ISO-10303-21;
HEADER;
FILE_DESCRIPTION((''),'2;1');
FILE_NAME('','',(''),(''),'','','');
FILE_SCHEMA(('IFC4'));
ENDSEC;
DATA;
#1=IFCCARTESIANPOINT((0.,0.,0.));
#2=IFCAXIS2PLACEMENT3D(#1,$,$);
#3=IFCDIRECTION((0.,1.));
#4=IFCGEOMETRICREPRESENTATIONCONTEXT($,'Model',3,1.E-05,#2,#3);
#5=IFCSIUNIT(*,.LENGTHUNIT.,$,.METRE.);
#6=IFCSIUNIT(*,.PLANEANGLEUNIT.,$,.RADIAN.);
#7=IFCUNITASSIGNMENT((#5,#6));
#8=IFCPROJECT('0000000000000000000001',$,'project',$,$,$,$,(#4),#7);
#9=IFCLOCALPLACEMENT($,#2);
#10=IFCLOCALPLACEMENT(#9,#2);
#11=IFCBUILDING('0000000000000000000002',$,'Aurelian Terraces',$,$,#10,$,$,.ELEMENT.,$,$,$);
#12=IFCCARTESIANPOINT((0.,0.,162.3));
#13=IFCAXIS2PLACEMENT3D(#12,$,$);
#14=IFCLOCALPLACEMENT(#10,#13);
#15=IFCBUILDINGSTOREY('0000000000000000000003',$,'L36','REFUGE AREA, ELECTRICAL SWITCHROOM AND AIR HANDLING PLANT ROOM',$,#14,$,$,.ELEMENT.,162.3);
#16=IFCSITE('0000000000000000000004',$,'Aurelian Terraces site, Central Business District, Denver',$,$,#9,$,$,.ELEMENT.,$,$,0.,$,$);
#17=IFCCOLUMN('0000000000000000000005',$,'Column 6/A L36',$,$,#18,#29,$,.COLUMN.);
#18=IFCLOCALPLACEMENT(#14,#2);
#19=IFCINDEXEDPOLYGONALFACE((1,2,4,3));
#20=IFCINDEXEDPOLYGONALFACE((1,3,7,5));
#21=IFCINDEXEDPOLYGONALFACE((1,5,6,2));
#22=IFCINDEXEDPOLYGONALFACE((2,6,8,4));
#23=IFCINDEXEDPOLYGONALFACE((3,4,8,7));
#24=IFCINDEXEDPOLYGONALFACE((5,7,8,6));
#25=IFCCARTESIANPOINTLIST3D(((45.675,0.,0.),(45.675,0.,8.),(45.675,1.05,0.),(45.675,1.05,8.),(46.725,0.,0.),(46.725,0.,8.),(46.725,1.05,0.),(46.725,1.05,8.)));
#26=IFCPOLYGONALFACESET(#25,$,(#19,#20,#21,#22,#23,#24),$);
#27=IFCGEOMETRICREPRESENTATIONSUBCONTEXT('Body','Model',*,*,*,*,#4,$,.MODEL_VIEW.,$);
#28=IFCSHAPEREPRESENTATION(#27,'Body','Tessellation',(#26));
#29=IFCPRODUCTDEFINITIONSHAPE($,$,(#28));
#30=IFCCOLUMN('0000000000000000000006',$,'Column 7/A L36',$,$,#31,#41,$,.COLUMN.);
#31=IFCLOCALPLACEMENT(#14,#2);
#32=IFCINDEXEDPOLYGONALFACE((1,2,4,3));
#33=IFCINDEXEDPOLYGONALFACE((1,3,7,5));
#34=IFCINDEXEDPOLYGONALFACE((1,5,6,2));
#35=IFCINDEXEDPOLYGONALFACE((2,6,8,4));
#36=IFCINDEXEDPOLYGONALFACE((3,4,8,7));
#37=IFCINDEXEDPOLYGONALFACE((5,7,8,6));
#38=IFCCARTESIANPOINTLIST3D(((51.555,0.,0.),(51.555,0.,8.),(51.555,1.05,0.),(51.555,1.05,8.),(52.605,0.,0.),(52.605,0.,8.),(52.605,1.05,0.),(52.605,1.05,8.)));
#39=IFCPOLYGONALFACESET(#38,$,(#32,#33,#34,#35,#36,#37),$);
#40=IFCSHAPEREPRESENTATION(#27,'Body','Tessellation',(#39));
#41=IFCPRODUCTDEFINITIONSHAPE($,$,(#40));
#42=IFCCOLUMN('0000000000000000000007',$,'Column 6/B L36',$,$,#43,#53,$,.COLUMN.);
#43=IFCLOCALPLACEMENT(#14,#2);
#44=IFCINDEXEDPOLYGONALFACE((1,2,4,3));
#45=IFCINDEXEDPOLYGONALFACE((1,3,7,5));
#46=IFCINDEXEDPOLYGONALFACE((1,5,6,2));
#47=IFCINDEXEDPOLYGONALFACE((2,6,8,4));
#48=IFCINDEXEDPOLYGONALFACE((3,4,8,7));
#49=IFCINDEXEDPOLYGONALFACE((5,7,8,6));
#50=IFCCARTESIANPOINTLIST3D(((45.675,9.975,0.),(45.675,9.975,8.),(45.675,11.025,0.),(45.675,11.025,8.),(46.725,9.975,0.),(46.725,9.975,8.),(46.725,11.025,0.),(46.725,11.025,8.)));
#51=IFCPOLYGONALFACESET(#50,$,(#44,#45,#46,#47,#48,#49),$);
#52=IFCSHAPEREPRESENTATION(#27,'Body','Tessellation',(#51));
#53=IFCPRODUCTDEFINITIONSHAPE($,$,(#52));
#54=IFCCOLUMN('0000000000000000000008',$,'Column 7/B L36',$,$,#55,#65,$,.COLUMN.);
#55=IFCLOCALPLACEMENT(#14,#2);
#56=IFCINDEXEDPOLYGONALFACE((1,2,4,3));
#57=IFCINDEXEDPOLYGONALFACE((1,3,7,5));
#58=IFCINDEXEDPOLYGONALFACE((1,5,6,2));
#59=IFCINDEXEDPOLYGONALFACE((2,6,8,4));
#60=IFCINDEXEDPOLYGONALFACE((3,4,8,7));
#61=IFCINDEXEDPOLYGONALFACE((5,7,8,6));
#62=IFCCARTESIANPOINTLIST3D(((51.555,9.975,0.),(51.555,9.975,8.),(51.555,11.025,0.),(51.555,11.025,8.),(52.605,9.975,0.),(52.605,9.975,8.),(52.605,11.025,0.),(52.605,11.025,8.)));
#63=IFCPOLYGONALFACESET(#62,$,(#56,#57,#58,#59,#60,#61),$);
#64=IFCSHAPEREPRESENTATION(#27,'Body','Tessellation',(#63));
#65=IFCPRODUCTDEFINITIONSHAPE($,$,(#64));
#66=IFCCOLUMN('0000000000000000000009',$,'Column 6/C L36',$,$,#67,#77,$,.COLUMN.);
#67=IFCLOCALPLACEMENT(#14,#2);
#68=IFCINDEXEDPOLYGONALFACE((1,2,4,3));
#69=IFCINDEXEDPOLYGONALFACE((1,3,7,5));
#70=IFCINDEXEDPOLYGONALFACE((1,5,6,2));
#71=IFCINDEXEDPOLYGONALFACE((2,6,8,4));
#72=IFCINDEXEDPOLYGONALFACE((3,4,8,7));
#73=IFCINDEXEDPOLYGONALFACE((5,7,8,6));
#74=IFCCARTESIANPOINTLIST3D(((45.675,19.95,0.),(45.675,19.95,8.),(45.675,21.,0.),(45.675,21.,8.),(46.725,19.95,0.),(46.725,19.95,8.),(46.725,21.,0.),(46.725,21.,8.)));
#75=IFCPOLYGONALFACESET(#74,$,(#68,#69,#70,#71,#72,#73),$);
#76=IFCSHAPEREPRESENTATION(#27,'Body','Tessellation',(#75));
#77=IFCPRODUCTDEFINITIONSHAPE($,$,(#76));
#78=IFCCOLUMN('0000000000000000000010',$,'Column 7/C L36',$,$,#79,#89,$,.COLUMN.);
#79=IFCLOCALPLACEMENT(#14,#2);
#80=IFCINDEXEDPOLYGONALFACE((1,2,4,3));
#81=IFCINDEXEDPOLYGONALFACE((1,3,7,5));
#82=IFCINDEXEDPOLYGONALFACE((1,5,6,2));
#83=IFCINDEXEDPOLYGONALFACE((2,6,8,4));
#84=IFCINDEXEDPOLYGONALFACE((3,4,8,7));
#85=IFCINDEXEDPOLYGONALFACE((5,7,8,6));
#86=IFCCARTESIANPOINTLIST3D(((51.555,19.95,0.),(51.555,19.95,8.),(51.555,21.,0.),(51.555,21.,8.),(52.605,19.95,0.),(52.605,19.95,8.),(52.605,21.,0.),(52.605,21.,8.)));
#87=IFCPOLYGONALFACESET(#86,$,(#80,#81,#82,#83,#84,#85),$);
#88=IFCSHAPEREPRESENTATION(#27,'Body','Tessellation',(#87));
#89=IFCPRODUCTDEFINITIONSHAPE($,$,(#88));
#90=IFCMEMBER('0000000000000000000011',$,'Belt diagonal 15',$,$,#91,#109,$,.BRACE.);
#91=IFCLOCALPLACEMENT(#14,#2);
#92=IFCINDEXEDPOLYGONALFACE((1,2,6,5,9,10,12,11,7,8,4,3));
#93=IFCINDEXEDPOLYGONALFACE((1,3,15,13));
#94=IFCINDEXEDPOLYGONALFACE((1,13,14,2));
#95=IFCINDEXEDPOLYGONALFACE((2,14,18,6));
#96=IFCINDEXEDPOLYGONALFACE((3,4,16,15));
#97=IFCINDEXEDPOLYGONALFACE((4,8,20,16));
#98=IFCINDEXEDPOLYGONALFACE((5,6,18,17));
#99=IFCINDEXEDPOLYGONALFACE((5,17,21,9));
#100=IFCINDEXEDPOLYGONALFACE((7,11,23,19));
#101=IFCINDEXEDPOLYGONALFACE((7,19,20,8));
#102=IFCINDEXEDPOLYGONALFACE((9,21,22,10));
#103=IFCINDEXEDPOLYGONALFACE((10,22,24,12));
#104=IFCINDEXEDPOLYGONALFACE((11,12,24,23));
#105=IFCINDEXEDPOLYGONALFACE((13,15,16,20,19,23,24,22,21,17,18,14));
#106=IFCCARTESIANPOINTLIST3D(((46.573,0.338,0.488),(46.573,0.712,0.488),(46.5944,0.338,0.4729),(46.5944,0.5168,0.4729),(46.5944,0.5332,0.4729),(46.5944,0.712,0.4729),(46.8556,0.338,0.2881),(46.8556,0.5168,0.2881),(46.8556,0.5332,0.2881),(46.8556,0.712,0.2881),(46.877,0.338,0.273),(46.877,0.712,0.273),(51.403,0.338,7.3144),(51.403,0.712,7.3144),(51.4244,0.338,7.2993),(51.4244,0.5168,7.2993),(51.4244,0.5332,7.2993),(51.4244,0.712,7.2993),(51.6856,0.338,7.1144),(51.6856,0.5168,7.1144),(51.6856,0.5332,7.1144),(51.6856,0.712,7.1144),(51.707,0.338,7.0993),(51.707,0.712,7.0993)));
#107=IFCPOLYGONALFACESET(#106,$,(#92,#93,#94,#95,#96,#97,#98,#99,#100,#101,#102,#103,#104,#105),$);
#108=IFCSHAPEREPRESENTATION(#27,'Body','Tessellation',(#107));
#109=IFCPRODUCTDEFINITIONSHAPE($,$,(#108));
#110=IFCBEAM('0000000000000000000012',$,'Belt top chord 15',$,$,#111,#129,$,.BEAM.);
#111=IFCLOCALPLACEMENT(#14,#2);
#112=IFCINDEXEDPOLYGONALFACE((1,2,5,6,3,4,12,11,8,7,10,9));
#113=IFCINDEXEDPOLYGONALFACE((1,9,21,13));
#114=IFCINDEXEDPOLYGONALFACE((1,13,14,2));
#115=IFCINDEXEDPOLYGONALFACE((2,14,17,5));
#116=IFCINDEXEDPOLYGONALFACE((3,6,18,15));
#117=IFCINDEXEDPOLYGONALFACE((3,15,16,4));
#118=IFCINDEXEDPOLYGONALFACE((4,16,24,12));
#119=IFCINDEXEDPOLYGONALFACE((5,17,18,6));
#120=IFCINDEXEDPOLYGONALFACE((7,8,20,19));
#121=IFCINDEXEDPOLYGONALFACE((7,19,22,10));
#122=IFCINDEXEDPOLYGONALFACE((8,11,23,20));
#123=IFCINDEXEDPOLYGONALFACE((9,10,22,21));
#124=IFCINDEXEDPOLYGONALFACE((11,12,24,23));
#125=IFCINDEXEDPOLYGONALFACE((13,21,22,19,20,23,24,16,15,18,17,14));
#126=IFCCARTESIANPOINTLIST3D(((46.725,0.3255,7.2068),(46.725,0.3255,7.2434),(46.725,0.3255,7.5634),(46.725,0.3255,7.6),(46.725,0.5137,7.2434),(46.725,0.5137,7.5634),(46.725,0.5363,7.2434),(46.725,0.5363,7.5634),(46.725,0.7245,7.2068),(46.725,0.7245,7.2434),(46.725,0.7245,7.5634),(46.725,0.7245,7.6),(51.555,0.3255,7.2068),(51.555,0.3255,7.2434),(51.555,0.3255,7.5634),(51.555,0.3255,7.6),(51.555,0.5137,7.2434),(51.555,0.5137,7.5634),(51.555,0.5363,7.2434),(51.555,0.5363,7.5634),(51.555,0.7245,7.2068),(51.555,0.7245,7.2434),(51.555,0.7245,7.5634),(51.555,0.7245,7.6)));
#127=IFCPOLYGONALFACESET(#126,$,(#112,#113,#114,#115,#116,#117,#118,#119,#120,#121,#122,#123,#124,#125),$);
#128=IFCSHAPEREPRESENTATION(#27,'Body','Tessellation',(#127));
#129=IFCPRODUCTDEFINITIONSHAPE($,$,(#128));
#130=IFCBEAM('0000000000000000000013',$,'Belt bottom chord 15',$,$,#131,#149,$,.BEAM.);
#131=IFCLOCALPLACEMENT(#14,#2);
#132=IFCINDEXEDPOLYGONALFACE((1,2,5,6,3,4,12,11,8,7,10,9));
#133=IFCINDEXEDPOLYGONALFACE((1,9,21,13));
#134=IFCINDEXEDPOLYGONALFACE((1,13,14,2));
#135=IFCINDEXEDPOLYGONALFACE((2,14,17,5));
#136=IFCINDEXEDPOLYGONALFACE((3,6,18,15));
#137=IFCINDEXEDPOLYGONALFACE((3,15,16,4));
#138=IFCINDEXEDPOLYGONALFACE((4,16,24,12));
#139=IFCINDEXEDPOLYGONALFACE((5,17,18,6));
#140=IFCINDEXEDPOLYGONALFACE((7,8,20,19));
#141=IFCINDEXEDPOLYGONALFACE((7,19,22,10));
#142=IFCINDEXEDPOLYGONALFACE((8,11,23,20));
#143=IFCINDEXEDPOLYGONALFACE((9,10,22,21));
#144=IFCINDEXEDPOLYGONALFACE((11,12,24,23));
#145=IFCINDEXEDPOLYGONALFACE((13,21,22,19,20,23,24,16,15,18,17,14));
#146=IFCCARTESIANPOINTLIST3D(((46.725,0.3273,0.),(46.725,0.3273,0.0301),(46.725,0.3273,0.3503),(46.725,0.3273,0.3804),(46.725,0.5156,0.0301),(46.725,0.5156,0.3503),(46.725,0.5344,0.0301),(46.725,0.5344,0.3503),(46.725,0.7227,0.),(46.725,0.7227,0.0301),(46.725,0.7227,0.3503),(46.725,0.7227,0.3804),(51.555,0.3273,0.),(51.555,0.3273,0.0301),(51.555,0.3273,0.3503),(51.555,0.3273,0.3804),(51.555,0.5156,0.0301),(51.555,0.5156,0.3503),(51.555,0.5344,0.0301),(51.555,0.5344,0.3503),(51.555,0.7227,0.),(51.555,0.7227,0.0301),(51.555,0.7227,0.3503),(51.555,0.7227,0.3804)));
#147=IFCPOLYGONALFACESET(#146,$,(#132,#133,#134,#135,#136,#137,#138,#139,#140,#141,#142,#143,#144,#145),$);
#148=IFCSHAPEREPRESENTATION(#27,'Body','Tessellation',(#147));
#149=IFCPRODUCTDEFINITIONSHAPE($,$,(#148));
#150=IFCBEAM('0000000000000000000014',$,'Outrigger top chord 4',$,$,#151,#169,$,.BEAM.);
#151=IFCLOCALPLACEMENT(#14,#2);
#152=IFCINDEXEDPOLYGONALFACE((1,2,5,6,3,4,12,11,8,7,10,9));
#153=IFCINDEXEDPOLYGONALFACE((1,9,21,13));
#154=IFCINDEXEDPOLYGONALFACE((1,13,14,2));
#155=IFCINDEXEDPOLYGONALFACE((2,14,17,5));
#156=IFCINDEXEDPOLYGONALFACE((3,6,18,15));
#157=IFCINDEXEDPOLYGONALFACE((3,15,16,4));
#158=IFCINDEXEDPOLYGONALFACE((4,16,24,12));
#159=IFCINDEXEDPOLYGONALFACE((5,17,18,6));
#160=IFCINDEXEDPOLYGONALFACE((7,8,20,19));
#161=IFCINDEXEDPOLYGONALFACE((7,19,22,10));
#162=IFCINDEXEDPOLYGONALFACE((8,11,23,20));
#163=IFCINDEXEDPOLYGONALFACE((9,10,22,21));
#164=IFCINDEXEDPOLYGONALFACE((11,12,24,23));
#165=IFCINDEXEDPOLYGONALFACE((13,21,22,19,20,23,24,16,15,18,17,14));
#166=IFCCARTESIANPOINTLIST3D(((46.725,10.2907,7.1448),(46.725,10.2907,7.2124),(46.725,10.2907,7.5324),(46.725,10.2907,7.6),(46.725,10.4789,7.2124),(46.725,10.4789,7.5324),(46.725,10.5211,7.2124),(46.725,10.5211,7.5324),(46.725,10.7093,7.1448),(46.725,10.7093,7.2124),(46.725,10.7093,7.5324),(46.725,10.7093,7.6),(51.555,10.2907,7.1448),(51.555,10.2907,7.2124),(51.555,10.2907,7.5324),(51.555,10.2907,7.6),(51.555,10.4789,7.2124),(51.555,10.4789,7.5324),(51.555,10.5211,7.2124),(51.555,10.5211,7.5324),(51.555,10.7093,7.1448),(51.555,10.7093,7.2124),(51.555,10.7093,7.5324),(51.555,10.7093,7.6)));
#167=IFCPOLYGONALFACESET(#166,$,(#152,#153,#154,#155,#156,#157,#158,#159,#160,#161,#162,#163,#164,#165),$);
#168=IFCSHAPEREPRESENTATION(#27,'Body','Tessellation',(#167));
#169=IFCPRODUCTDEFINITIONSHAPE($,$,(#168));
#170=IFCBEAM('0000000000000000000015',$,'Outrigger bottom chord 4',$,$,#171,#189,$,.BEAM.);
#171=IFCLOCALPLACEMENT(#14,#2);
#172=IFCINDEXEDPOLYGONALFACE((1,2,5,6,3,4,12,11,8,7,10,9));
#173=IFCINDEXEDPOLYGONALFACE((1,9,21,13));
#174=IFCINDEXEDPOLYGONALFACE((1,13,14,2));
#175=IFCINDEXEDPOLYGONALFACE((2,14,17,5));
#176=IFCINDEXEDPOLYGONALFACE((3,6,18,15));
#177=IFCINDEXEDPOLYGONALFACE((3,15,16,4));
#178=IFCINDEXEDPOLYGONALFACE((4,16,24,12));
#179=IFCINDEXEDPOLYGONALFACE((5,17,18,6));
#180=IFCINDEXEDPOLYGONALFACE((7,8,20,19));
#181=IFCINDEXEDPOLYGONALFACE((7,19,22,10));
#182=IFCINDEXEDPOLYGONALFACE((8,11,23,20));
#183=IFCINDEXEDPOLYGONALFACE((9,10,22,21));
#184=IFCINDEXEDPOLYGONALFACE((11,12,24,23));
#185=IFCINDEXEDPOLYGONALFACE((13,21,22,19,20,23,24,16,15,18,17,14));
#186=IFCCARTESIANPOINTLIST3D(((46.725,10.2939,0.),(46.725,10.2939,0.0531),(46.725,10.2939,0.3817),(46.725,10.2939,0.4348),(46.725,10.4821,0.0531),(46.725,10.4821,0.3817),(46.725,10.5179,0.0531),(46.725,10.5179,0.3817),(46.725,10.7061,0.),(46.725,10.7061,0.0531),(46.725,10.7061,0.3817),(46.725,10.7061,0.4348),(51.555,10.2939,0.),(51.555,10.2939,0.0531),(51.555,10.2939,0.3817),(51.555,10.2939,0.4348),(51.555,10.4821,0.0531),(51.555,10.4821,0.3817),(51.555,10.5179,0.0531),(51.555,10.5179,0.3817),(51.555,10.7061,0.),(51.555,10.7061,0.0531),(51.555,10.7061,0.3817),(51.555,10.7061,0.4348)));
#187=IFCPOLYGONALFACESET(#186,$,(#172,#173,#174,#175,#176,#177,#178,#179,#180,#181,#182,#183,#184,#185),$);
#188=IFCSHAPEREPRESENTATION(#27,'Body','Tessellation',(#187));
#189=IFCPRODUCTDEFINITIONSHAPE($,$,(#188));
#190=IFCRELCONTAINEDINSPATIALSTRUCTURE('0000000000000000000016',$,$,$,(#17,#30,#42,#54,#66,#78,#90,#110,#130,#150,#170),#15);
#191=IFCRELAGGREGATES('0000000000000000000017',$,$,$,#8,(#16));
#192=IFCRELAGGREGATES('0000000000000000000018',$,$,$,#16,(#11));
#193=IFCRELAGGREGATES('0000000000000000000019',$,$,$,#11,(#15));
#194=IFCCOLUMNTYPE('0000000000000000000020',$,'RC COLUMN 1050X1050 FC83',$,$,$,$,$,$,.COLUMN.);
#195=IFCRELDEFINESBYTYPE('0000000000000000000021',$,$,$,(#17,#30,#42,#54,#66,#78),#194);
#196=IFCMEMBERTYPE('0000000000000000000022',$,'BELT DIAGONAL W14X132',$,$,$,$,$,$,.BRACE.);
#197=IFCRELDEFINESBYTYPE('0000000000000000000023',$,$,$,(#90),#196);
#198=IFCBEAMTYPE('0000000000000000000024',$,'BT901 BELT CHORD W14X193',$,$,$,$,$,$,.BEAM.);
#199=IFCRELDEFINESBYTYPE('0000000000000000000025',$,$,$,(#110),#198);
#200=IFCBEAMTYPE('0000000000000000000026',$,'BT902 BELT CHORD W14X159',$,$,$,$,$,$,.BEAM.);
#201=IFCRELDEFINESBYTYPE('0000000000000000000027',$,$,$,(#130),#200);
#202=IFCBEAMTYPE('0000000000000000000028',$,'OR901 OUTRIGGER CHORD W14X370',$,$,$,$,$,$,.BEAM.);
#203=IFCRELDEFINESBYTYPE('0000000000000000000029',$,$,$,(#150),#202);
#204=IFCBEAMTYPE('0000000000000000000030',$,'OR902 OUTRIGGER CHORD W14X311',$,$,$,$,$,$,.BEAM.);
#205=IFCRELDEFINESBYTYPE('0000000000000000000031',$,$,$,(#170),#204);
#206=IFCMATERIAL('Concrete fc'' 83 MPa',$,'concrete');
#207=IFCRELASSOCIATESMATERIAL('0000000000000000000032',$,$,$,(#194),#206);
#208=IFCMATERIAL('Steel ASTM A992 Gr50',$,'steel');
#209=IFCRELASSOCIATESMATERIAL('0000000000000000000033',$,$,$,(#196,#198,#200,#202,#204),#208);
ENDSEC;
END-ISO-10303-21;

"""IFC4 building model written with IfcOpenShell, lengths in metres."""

from ifc_helpers import new_model, si_unit, direction, frame, origin, origin_2d, place, context, subcontext, project, spatial, rectangle, i_section, extrude, source, transform, mapped, material, material_profile, profile_set, type_object, element, save


model = new_model("IFC4")

# Units and contexts
model_context = context("Model", 3, precision=1e-05, world=origin(), true_north=direction((0.0, 1.0)))
body_context = subcontext(model_context, "Body", "Model", "MODEL_VIEW")
ifc_project = project(units=[si_unit("LENGTHUNIT", "METRE"), si_unit("PLANEANGLEUNIT", "RADIAN")], contexts=[model_context])

# Site, building, storey
site_placement = place(None, origin())
site = spatial("IfcSite", under=ifc_project, at=site_placement, Name="Aurelian Terraces site, Central Business District, Denver", CompositionType="ELEMENT", RefElevation=0.0)
building_placement = place(site_placement, origin())
building = spatial("IfcBuilding", under=site, at=building_placement, Name="Aurelian Terraces", CompositionType="ELEMENT")
storey_placement = place(building_placement, frame((0.0, 0.0, 162.3)))
storey = spatial("IfcBuildingStorey", under=building, at=storey_placement, Name="L36", Description="REFUGE AREA, ELECTRICAL SWITCHROOM AND AIR HANDLING PLANT ROOM", CompositionType="ELEMENT", Elevation=162.3)

# Columns
ifc_material_1 = material(Name="Concrete fc' 83 MPa", Category="concrete")
ifc_material_profile_1 = material_profile(ifc_material_1, rectangle(XDim=1.05, YDim=1.05, at=origin_2d()))
ifc_profile_set_1 = profile_set([ifc_material_profile_1], Name="Concrete fc' 83 MPa")
column_type = type_object("IfcColumnType", Name="RC COLUMN 1050X1050 FC83", PredefinedType="COLUMN", material=ifc_profile_set_1)
shared_shape_1 = source(origin(), body_context, "Body", "SweptSolid", [
    extrude(rectangle(XDim=1.05, YDim=1.05, at=origin_2d()), origin(), (0.0, 0.0, 1.0), 8.0),
])
for number, where, z_axis, x_axis, name in (
    (1, (46.2, 0.525, 0.0), (0.0, 0.0, 1.0), (1.0, 0.0, 0.0), "Column 6/A L36"),
    (2, (52.08, 0.525, 0.0), (0.0, 0.0, 1.0), (1.0, 0.0, 0.0), "Column 7/A L36"),
    (3, (46.2, 10.5, 0.0), (0.0, 0.0, 1.0), (1.0, 0.0, 0.0), "Column 6/B L36"),
    (4, (52.08, 10.5, 0.0), (0.0, 0.0, 1.0), (1.0, 0.0, 0.0), "Column 7/B L36"),
    (5, (46.2, 20.475, 0.0), (0.0, 0.0, 1.0), (1.0, 0.0, 0.0), "Column 6/C L36"),
    (6, (52.08, 20.475, 0.0), (0.0, 0.0, 1.0), (1.0, 0.0, 0.0), "Column 7/C L36"),
):
    element("IfcColumn", number, at=place(storey_placement, frame(where, z_axis=z_axis, x_axis=x_axis)), inside=storey, type_object=column_type, Name=name, PredefinedType="COLUMN", context=body_context, shape_type="MappedRepresentation", body=[
        mapped(shared_shape_1, transform((0.0, 0.0, 0.0), scale=1.0)),
    ])

# Member
ifc_material_2 = material(Name="Steel ASTM A992 Gr50", Category="steel")
ifc_material_profile_2 = material_profile(ifc_material_2, i_section(OverallWidth=0.374, OverallDepth=0.3724, WebThickness=0.0164, FlangeThickness=0.0262, at=origin_2d()))
ifc_profile_set_2 = profile_set([ifc_material_profile_2], Name="Steel ASTM A992 Gr50")
member_type_1 = type_object("IfcMemberType", Name="BELT DIAGONAL W14X132", PredefinedType="BRACE", material=ifc_profile_set_2)
member_1_placement = place(storey_placement, frame((46.725, 0.525, 0.3805), z_axis=(0.577596, 0.0, 0.816323), x_axis=(0.0, 1.0, 0.0)))
element("IfcMember", 7, at=member_1_placement, inside=storey, type_object=member_type_1, Name="Belt diagonal 15", PredefinedType="BRACE", context=body_context, shape_type="SweptSolid", body=[
    extrude(i_section(OverallWidth=0.374, OverallDepth=0.3724, WebThickness=0.0164, FlangeThickness=0.0262, at=origin_2d()), origin(), (0.0, 0.0, 1.0), 8.3623),
])

# Beams
ifc_material_profile_3 = material_profile(ifc_material_2, i_section(OverallWidth=0.399, OverallDepth=0.3932, WebThickness=0.0226, FlangeThickness=0.0366, at=origin_2d()))
ifc_profile_set_3 = profile_set([ifc_material_profile_3], Name="Steel ASTM A992 Gr50")
beam_type_1 = type_object("IfcBeamType", Name="BT901 BELT CHORD W14X193", PredefinedType="BEAM", material=ifc_profile_set_3)
beam_1_placement = place(storey_placement, frame((46.725, 0.525, 7.4034), z_axis=(1.0, 0.0, 0.0), x_axis=(0.0, 1.0, 0.0)))
element("IfcBeam", 8, at=beam_1_placement, inside=storey, type_object=beam_type_1, Name="Belt top chord 15", PredefinedType="BEAM", context=body_context, shape_type="SweptSolid", body=[
    extrude(i_section(OverallWidth=0.399, OverallDepth=0.3932, WebThickness=0.0226, FlangeThickness=0.0366, at=origin_2d()), origin(), (0.0, 0.0, 1.0), 4.83),
])
ifc_material_profile_4 = material_profile(ifc_material_2, i_section(OverallWidth=0.3954, OverallDepth=0.3805, WebThickness=0.0189, FlangeThickness=0.0302, at=origin_2d()))
ifc_profile_set_4 = profile_set([ifc_material_profile_4], Name="Steel ASTM A992 Gr50")
beam_type_2 = type_object("IfcBeamType", Name="BT902 BELT CHORD W14X159", PredefinedType="BEAM", material=ifc_profile_set_4)
beam_2_placement = place(storey_placement, frame((46.725, 0.525, 0.1902), z_axis=(1.0, 0.0, 0.0), x_axis=(0.0, 1.0, 0.0)))
element("IfcBeam", 9, at=beam_2_placement, inside=storey, type_object=beam_type_2, Name="Belt bottom chord 15", PredefinedType="BEAM", context=body_context, shape_type="SweptSolid", body=[
    extrude(i_section(OverallWidth=0.3954, OverallDepth=0.3805, WebThickness=0.0189, FlangeThickness=0.0302, at=origin_2d()), origin(), (0.0, 0.0, 1.0), 4.83),
])
ifc_material_profile_5 = material_profile(ifc_material_2, i_section(OverallWidth=0.4185, OverallDepth=0.4552, WebThickness=0.0422, FlangeThickness=0.0676, at=origin_2d()))
ifc_profile_set_5 = profile_set([ifc_material_profile_5], Name="Steel ASTM A992 Gr50")
beam_type_3 = type_object("IfcBeamType", Name="OR901 OUTRIGGER CHORD W14X370", PredefinedType="BEAM", material=ifc_profile_set_5)
beam_3_placement = place(storey_placement, frame((46.725, 10.5, 7.3724), z_axis=(1.0, 0.0, 0.0), x_axis=(0.0, 1.0, 0.0)))
element("IfcBeam", 10, at=beam_3_placement, inside=storey, type_object=beam_type_3, Name="Outrigger top chord 4", PredefinedType="BEAM", context=body_context, shape_type="SweptSolid", body=[
    extrude(i_section(OverallWidth=0.4185, OverallDepth=0.4552, WebThickness=0.0422, FlangeThickness=0.0676, at=origin_2d()), origin(), (0.0, 0.0, 1.0), 4.83),
])
ifc_material_profile_6 = material_profile(ifc_material_2, i_section(OverallWidth=0.4122, OverallDepth=0.4348, WebThickness=0.0358, FlangeThickness=0.0531, at=origin_2d()))
ifc_profile_set_6 = profile_set([ifc_material_profile_6], Name="Steel ASTM A992 Gr50")
beam_type_4 = type_object("IfcBeamType", Name="OR902 OUTRIGGER CHORD W14X311", PredefinedType="BEAM", material=ifc_profile_set_6)
beam_4_placement = place(storey_placement, frame((46.725, 10.5, 0.2174), z_axis=(1.0, 0.0, 0.0), x_axis=(0.0, 1.0, 0.0)))
element("IfcBeam", 11, at=beam_4_placement, inside=storey, type_object=beam_type_4, Name="Outrigger bottom chord 4", PredefinedType="BEAM", context=body_context, shape_type="SweptSolid", body=[
    extrude(i_section(OverallWidth=0.4122, OverallDepth=0.4348, WebThickness=0.0358, FlangeThickness=0.0531, at=origin_2d()), origin(), (0.0, 0.0, 1.0), 4.83),
])

save(model, "model.ifc")
